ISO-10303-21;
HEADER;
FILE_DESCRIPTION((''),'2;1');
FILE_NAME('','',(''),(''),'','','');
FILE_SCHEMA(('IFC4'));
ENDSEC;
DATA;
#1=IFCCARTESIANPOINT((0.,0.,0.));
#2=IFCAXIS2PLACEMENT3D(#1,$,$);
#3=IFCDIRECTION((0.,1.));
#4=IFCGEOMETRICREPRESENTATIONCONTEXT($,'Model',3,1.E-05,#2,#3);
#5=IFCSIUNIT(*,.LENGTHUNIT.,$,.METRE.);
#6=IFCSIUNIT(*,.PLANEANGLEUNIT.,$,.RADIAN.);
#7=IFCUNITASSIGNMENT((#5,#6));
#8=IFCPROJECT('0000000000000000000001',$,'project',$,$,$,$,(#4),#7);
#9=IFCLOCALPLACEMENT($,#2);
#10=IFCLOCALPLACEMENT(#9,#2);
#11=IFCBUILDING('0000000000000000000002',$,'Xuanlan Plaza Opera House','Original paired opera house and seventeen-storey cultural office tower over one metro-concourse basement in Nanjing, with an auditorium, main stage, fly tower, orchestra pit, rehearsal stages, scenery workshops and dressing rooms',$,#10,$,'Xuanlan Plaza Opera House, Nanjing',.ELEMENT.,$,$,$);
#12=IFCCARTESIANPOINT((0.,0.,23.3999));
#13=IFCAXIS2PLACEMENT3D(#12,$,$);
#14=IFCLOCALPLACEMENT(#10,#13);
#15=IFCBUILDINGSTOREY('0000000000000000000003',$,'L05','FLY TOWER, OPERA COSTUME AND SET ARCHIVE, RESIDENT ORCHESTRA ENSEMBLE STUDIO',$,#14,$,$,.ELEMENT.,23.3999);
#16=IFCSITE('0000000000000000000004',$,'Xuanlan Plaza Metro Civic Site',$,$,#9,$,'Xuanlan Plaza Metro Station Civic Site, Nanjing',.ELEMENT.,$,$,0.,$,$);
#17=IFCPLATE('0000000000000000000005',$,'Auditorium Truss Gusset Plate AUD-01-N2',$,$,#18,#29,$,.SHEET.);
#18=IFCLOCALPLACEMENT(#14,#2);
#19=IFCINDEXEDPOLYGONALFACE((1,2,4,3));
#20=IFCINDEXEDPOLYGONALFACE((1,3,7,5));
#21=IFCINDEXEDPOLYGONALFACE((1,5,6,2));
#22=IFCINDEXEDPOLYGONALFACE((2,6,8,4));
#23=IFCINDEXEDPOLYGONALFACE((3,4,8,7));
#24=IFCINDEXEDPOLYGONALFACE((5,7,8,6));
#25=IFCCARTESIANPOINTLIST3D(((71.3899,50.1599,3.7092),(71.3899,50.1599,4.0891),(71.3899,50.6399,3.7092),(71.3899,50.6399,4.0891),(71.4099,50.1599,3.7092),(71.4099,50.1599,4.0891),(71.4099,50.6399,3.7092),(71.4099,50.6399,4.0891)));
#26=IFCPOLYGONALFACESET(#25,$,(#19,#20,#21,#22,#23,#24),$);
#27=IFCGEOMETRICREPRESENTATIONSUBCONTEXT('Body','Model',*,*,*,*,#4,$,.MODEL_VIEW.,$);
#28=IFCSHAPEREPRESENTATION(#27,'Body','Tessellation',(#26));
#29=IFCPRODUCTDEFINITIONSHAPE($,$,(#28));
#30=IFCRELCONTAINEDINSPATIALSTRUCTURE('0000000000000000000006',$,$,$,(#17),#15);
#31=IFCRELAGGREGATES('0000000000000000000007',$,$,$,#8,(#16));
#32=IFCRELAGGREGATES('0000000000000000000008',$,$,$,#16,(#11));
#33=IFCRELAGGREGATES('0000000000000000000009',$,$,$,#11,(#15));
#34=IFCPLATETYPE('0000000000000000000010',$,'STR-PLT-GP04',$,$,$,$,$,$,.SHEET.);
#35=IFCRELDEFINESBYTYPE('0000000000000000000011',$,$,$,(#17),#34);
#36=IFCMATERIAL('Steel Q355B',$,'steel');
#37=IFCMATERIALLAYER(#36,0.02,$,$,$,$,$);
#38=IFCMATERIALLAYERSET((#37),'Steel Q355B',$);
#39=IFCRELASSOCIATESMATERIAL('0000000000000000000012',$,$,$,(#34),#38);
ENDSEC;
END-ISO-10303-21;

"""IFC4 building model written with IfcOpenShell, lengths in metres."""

from ifc_helpers import new_model, si_unit, direction, frame, origin, origin_2d, place, context, subcontext, project, spatial, rectangle, extrude, material, layer, layer_set, type_object, element, save


model = new_model("IFC4")

# Units and contexts
model_context = context("Model", 3, precision=1e-05, world=origin(), true_north=direction((0.0, 1.0)))
body_context = subcontext(model_context, "Body", "Model", "MODEL_VIEW")
ifc_project = project(units=[si_unit("LENGTHUNIT", "METRE"), si_unit("PLANEANGLEUNIT", "RADIAN")], contexts=[model_context])

# Site, building, storey
site_placement = place(None, origin())
site = spatial("IfcSite", under=ifc_project, at=site_placement, Name="Xuanlan Plaza Metro Civic Site", LongName="Xuanlan Plaza Metro Station Civic Site, Nanjing", CompositionType="ELEMENT", RefElevation=0.0)
building_placement = place(site_placement, origin())
building = spatial("IfcBuilding", under=site, at=building_placement, Name="Xuanlan Plaza Opera House", Description="Original paired opera house and seventeen-storey cultural office tower over one metro-concourse basement in Nanjing, with an auditorium, main stage, fly tower, orchestra pit, rehearsal stages, scenery workshops and dressing rooms", LongName="Xuanlan Plaza Opera House, Nanjing", CompositionType="ELEMENT")
storey_placement = place(building_placement, frame((0.0, 0.0, 23.3999)))
storey = spatial("IfcBuildingStorey", under=building, at=storey_placement, Name="L05", Description="FLY TOWER, OPERA COSTUME AND SET ARCHIVE, RESIDENT ORCHESTRA ENSEMBLE STUDIO", CompositionType="ELEMENT", Elevation=23.3999)

# Shared definitions
ifc_material_1 = material(Name="Steel Q355B", Category="steel")

# Plate
ifc_layer_1 = layer(ifc_material_1, 0.02)
ifc_layer_set_1 = layer_set([ifc_layer_1], Name="Steel Q355B")
plate_type_1 = type_object("IfcPlateType", Name="STR-PLT-GP04", PredefinedType="SHEET", material=ifc_layer_set_1)
plate_1_placement = place(storey_placement, frame((71.3999, 50.3999, 3.7092), z_axis=(0.0, 0.0, 1.0), x_axis=(1.0, 0.0, 0.0)))
element("IfcPlate", 1, at=plate_1_placement, inside=storey, type_object=plate_type_1, Name="Auditorium Truss Gusset Plate AUD-01-N2", PredefinedType="SHEET", context=body_context, shape_type="SweptSolid", body=[
    extrude(rectangle(XDim=0.02, YDim=0.48, at=origin_2d()), origin(), (0.0, 0.0, 1.0), 0.3799),
])

save(model, "model.ifc")
